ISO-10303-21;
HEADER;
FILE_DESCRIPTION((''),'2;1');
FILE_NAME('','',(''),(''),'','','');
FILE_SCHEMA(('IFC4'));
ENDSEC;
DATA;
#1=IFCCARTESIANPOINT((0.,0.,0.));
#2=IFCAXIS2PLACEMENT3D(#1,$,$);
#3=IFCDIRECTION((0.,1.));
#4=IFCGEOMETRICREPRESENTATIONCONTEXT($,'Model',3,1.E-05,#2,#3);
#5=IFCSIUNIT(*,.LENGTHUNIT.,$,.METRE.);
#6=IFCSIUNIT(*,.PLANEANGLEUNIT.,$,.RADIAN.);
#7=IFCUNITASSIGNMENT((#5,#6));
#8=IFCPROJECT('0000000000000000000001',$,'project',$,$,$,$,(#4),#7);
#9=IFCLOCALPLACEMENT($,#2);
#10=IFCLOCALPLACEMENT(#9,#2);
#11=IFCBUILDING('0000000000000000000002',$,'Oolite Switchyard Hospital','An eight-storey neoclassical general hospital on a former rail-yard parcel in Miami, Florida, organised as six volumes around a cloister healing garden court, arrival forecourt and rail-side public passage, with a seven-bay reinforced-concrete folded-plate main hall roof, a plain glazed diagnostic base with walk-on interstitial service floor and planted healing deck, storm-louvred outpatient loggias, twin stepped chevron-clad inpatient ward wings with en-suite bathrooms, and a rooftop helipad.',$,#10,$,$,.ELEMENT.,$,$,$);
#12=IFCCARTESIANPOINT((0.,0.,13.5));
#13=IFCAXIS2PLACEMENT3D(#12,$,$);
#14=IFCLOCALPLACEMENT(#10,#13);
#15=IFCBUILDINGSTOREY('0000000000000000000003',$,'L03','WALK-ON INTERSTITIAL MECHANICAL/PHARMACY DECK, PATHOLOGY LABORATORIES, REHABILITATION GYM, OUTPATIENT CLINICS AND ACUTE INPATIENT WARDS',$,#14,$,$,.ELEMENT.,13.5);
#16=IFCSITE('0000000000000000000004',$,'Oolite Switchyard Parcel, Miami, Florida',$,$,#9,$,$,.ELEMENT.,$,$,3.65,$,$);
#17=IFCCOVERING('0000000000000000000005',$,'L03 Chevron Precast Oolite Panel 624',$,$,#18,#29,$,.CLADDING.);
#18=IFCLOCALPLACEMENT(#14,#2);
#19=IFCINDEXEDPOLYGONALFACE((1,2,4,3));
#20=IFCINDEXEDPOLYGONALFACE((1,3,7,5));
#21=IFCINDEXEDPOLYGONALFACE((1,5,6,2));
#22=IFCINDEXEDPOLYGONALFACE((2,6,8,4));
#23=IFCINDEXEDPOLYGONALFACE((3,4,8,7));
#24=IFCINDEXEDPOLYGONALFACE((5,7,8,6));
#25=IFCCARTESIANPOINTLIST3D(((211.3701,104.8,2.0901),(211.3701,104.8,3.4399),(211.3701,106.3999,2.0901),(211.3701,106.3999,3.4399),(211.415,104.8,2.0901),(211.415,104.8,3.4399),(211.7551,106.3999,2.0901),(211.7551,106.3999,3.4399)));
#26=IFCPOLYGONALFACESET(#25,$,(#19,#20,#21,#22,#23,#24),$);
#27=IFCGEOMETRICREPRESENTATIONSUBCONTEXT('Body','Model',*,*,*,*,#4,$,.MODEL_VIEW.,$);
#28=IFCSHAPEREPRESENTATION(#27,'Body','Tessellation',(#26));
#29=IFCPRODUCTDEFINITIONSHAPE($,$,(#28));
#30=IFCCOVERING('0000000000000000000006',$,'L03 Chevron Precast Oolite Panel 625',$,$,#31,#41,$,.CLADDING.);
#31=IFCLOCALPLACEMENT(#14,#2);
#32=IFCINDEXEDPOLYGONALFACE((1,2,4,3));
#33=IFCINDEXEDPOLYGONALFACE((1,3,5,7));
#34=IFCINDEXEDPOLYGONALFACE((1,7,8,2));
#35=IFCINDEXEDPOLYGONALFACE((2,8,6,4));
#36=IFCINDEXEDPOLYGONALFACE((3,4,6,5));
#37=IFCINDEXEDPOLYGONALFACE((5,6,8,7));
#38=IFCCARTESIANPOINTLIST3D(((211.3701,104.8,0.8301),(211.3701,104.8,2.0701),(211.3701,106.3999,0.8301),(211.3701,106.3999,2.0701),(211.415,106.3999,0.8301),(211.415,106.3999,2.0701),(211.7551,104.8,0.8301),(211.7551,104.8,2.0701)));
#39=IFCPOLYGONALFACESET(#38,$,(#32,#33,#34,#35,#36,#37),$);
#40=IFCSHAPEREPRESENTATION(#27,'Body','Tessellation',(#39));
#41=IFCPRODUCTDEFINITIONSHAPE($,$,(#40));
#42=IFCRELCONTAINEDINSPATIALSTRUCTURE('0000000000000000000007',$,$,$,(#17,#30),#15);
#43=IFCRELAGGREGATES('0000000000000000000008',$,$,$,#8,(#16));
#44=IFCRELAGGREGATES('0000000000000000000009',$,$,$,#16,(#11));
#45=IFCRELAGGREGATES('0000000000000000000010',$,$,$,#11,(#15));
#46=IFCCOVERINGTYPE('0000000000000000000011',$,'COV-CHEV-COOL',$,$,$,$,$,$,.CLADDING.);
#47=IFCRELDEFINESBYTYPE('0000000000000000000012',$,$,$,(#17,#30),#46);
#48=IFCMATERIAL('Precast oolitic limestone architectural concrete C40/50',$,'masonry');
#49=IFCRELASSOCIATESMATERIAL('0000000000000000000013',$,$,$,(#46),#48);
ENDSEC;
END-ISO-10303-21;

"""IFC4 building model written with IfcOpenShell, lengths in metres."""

from ifc_helpers import new_model, si_unit, direction, frame, origin, place, context, subcontext, project, spatial, polyline, outline, extrude, material, type_object, element, save


model = new_model("IFC4")

# Units and contexts
model_context = context("Model", 3, precision=1e-05, world=origin(), true_north=direction((0.0, 1.0)))
body_context = subcontext(model_context, "Body", "Model", "MODEL_VIEW")
ifc_project = project(units=[si_unit("LENGTHUNIT", "METRE"), si_unit("PLANEANGLEUNIT", "RADIAN")], contexts=[model_context])

# Site, building, storey
site_placement = place(None, origin())
site = spatial("IfcSite", under=ifc_project, at=site_placement, Name="Oolite Switchyard Parcel, Miami, Florida", CompositionType="ELEMENT", RefElevation=3.65)
building_placement = place(site_placement, origin())
building = spatial("IfcBuilding", under=site, at=building_placement, Name="Oolite Switchyard Hospital", Description="An eight-storey neoclassical general hospital on a former rail-yard parcel in Miami, Florida, organised as six volumes around a cloister healing garden court, arrival forecourt and rail-side public passage, with a seven-bay reinforced-concrete folded-plate main hall roof, a plain glazed diagnostic base with walk-on interstitial service floor and planted healing deck, storm-louvred outpatient loggias, twin stepped chevron-clad inpatient ward wings with en-suite bathrooms, and a rooftop helipad.", CompositionType="ELEMENT")
storey_placement = place(building_placement, frame((0.0, 0.0, 13.5)))
storey = spatial("IfcBuildingStorey", under=building, at=storey_placement, Name="L03", Description="WALK-ON INTERSTITIAL MECHANICAL/PHARMACY DECK, PATHOLOGY LABORATORIES, REHABILITATION GYM, OUTPATIENT CLINICS AND ACUTE INPATIENT WARDS", CompositionType="ELEMENT", Elevation=13.5)

# Coverings
ifc_material_1 = material(Name="Precast oolitic limestone architectural concrete C40/50", Category="masonry")
covering_type = type_object("IfcCoveringType", Name="COV-CHEV-COOL", PredefinedType="CLADDING", material=ifc_material_1)
covering_1_placement = place(storey_placement, frame((211.3701, 106.3999, 2.0901), z_axis=(0.0, 0.0, 1.0), x_axis=(0.0, -1.0, 0.0)))
element("IfcCovering", 1, at=covering_1_placement, inside=storey, type_object=covering_type, Name="L03 Chevron Precast Oolite Panel 624", PredefinedType="CLADDING", context=body_context, shape_type="SweptSolid", body=[
    extrude(outline(polyline([(0.0, 0.0), (1.5999, 0.0), (1.5999, 0.0449), (0.0, 0.385), (0.0, 0.0)])), origin(), (0.0, 0.0, 1.0), 1.3499),
])
covering_2_placement = place(storey_placement, frame((211.3701, 106.3999, 0.8301), z_axis=(0.0, 0.0, 1.0), x_axis=(0.0, -1.0, 0.0)))
element("IfcCovering", 2, at=covering_2_placement, inside=storey, type_object=covering_type, Name="L03 Chevron Precast Oolite Panel 625", PredefinedType="CLADDING", context=body_context, shape_type="SweptSolid", body=[
    extrude(outline(polyline([(0.0, 0.0), (1.5999, 0.0), (1.5999, 0.385), (0.0, 0.0449), (0.0, 0.0)])), origin(), (0.0, 0.0, 1.0), 1.24),
])

save(model, "model.ifc")
